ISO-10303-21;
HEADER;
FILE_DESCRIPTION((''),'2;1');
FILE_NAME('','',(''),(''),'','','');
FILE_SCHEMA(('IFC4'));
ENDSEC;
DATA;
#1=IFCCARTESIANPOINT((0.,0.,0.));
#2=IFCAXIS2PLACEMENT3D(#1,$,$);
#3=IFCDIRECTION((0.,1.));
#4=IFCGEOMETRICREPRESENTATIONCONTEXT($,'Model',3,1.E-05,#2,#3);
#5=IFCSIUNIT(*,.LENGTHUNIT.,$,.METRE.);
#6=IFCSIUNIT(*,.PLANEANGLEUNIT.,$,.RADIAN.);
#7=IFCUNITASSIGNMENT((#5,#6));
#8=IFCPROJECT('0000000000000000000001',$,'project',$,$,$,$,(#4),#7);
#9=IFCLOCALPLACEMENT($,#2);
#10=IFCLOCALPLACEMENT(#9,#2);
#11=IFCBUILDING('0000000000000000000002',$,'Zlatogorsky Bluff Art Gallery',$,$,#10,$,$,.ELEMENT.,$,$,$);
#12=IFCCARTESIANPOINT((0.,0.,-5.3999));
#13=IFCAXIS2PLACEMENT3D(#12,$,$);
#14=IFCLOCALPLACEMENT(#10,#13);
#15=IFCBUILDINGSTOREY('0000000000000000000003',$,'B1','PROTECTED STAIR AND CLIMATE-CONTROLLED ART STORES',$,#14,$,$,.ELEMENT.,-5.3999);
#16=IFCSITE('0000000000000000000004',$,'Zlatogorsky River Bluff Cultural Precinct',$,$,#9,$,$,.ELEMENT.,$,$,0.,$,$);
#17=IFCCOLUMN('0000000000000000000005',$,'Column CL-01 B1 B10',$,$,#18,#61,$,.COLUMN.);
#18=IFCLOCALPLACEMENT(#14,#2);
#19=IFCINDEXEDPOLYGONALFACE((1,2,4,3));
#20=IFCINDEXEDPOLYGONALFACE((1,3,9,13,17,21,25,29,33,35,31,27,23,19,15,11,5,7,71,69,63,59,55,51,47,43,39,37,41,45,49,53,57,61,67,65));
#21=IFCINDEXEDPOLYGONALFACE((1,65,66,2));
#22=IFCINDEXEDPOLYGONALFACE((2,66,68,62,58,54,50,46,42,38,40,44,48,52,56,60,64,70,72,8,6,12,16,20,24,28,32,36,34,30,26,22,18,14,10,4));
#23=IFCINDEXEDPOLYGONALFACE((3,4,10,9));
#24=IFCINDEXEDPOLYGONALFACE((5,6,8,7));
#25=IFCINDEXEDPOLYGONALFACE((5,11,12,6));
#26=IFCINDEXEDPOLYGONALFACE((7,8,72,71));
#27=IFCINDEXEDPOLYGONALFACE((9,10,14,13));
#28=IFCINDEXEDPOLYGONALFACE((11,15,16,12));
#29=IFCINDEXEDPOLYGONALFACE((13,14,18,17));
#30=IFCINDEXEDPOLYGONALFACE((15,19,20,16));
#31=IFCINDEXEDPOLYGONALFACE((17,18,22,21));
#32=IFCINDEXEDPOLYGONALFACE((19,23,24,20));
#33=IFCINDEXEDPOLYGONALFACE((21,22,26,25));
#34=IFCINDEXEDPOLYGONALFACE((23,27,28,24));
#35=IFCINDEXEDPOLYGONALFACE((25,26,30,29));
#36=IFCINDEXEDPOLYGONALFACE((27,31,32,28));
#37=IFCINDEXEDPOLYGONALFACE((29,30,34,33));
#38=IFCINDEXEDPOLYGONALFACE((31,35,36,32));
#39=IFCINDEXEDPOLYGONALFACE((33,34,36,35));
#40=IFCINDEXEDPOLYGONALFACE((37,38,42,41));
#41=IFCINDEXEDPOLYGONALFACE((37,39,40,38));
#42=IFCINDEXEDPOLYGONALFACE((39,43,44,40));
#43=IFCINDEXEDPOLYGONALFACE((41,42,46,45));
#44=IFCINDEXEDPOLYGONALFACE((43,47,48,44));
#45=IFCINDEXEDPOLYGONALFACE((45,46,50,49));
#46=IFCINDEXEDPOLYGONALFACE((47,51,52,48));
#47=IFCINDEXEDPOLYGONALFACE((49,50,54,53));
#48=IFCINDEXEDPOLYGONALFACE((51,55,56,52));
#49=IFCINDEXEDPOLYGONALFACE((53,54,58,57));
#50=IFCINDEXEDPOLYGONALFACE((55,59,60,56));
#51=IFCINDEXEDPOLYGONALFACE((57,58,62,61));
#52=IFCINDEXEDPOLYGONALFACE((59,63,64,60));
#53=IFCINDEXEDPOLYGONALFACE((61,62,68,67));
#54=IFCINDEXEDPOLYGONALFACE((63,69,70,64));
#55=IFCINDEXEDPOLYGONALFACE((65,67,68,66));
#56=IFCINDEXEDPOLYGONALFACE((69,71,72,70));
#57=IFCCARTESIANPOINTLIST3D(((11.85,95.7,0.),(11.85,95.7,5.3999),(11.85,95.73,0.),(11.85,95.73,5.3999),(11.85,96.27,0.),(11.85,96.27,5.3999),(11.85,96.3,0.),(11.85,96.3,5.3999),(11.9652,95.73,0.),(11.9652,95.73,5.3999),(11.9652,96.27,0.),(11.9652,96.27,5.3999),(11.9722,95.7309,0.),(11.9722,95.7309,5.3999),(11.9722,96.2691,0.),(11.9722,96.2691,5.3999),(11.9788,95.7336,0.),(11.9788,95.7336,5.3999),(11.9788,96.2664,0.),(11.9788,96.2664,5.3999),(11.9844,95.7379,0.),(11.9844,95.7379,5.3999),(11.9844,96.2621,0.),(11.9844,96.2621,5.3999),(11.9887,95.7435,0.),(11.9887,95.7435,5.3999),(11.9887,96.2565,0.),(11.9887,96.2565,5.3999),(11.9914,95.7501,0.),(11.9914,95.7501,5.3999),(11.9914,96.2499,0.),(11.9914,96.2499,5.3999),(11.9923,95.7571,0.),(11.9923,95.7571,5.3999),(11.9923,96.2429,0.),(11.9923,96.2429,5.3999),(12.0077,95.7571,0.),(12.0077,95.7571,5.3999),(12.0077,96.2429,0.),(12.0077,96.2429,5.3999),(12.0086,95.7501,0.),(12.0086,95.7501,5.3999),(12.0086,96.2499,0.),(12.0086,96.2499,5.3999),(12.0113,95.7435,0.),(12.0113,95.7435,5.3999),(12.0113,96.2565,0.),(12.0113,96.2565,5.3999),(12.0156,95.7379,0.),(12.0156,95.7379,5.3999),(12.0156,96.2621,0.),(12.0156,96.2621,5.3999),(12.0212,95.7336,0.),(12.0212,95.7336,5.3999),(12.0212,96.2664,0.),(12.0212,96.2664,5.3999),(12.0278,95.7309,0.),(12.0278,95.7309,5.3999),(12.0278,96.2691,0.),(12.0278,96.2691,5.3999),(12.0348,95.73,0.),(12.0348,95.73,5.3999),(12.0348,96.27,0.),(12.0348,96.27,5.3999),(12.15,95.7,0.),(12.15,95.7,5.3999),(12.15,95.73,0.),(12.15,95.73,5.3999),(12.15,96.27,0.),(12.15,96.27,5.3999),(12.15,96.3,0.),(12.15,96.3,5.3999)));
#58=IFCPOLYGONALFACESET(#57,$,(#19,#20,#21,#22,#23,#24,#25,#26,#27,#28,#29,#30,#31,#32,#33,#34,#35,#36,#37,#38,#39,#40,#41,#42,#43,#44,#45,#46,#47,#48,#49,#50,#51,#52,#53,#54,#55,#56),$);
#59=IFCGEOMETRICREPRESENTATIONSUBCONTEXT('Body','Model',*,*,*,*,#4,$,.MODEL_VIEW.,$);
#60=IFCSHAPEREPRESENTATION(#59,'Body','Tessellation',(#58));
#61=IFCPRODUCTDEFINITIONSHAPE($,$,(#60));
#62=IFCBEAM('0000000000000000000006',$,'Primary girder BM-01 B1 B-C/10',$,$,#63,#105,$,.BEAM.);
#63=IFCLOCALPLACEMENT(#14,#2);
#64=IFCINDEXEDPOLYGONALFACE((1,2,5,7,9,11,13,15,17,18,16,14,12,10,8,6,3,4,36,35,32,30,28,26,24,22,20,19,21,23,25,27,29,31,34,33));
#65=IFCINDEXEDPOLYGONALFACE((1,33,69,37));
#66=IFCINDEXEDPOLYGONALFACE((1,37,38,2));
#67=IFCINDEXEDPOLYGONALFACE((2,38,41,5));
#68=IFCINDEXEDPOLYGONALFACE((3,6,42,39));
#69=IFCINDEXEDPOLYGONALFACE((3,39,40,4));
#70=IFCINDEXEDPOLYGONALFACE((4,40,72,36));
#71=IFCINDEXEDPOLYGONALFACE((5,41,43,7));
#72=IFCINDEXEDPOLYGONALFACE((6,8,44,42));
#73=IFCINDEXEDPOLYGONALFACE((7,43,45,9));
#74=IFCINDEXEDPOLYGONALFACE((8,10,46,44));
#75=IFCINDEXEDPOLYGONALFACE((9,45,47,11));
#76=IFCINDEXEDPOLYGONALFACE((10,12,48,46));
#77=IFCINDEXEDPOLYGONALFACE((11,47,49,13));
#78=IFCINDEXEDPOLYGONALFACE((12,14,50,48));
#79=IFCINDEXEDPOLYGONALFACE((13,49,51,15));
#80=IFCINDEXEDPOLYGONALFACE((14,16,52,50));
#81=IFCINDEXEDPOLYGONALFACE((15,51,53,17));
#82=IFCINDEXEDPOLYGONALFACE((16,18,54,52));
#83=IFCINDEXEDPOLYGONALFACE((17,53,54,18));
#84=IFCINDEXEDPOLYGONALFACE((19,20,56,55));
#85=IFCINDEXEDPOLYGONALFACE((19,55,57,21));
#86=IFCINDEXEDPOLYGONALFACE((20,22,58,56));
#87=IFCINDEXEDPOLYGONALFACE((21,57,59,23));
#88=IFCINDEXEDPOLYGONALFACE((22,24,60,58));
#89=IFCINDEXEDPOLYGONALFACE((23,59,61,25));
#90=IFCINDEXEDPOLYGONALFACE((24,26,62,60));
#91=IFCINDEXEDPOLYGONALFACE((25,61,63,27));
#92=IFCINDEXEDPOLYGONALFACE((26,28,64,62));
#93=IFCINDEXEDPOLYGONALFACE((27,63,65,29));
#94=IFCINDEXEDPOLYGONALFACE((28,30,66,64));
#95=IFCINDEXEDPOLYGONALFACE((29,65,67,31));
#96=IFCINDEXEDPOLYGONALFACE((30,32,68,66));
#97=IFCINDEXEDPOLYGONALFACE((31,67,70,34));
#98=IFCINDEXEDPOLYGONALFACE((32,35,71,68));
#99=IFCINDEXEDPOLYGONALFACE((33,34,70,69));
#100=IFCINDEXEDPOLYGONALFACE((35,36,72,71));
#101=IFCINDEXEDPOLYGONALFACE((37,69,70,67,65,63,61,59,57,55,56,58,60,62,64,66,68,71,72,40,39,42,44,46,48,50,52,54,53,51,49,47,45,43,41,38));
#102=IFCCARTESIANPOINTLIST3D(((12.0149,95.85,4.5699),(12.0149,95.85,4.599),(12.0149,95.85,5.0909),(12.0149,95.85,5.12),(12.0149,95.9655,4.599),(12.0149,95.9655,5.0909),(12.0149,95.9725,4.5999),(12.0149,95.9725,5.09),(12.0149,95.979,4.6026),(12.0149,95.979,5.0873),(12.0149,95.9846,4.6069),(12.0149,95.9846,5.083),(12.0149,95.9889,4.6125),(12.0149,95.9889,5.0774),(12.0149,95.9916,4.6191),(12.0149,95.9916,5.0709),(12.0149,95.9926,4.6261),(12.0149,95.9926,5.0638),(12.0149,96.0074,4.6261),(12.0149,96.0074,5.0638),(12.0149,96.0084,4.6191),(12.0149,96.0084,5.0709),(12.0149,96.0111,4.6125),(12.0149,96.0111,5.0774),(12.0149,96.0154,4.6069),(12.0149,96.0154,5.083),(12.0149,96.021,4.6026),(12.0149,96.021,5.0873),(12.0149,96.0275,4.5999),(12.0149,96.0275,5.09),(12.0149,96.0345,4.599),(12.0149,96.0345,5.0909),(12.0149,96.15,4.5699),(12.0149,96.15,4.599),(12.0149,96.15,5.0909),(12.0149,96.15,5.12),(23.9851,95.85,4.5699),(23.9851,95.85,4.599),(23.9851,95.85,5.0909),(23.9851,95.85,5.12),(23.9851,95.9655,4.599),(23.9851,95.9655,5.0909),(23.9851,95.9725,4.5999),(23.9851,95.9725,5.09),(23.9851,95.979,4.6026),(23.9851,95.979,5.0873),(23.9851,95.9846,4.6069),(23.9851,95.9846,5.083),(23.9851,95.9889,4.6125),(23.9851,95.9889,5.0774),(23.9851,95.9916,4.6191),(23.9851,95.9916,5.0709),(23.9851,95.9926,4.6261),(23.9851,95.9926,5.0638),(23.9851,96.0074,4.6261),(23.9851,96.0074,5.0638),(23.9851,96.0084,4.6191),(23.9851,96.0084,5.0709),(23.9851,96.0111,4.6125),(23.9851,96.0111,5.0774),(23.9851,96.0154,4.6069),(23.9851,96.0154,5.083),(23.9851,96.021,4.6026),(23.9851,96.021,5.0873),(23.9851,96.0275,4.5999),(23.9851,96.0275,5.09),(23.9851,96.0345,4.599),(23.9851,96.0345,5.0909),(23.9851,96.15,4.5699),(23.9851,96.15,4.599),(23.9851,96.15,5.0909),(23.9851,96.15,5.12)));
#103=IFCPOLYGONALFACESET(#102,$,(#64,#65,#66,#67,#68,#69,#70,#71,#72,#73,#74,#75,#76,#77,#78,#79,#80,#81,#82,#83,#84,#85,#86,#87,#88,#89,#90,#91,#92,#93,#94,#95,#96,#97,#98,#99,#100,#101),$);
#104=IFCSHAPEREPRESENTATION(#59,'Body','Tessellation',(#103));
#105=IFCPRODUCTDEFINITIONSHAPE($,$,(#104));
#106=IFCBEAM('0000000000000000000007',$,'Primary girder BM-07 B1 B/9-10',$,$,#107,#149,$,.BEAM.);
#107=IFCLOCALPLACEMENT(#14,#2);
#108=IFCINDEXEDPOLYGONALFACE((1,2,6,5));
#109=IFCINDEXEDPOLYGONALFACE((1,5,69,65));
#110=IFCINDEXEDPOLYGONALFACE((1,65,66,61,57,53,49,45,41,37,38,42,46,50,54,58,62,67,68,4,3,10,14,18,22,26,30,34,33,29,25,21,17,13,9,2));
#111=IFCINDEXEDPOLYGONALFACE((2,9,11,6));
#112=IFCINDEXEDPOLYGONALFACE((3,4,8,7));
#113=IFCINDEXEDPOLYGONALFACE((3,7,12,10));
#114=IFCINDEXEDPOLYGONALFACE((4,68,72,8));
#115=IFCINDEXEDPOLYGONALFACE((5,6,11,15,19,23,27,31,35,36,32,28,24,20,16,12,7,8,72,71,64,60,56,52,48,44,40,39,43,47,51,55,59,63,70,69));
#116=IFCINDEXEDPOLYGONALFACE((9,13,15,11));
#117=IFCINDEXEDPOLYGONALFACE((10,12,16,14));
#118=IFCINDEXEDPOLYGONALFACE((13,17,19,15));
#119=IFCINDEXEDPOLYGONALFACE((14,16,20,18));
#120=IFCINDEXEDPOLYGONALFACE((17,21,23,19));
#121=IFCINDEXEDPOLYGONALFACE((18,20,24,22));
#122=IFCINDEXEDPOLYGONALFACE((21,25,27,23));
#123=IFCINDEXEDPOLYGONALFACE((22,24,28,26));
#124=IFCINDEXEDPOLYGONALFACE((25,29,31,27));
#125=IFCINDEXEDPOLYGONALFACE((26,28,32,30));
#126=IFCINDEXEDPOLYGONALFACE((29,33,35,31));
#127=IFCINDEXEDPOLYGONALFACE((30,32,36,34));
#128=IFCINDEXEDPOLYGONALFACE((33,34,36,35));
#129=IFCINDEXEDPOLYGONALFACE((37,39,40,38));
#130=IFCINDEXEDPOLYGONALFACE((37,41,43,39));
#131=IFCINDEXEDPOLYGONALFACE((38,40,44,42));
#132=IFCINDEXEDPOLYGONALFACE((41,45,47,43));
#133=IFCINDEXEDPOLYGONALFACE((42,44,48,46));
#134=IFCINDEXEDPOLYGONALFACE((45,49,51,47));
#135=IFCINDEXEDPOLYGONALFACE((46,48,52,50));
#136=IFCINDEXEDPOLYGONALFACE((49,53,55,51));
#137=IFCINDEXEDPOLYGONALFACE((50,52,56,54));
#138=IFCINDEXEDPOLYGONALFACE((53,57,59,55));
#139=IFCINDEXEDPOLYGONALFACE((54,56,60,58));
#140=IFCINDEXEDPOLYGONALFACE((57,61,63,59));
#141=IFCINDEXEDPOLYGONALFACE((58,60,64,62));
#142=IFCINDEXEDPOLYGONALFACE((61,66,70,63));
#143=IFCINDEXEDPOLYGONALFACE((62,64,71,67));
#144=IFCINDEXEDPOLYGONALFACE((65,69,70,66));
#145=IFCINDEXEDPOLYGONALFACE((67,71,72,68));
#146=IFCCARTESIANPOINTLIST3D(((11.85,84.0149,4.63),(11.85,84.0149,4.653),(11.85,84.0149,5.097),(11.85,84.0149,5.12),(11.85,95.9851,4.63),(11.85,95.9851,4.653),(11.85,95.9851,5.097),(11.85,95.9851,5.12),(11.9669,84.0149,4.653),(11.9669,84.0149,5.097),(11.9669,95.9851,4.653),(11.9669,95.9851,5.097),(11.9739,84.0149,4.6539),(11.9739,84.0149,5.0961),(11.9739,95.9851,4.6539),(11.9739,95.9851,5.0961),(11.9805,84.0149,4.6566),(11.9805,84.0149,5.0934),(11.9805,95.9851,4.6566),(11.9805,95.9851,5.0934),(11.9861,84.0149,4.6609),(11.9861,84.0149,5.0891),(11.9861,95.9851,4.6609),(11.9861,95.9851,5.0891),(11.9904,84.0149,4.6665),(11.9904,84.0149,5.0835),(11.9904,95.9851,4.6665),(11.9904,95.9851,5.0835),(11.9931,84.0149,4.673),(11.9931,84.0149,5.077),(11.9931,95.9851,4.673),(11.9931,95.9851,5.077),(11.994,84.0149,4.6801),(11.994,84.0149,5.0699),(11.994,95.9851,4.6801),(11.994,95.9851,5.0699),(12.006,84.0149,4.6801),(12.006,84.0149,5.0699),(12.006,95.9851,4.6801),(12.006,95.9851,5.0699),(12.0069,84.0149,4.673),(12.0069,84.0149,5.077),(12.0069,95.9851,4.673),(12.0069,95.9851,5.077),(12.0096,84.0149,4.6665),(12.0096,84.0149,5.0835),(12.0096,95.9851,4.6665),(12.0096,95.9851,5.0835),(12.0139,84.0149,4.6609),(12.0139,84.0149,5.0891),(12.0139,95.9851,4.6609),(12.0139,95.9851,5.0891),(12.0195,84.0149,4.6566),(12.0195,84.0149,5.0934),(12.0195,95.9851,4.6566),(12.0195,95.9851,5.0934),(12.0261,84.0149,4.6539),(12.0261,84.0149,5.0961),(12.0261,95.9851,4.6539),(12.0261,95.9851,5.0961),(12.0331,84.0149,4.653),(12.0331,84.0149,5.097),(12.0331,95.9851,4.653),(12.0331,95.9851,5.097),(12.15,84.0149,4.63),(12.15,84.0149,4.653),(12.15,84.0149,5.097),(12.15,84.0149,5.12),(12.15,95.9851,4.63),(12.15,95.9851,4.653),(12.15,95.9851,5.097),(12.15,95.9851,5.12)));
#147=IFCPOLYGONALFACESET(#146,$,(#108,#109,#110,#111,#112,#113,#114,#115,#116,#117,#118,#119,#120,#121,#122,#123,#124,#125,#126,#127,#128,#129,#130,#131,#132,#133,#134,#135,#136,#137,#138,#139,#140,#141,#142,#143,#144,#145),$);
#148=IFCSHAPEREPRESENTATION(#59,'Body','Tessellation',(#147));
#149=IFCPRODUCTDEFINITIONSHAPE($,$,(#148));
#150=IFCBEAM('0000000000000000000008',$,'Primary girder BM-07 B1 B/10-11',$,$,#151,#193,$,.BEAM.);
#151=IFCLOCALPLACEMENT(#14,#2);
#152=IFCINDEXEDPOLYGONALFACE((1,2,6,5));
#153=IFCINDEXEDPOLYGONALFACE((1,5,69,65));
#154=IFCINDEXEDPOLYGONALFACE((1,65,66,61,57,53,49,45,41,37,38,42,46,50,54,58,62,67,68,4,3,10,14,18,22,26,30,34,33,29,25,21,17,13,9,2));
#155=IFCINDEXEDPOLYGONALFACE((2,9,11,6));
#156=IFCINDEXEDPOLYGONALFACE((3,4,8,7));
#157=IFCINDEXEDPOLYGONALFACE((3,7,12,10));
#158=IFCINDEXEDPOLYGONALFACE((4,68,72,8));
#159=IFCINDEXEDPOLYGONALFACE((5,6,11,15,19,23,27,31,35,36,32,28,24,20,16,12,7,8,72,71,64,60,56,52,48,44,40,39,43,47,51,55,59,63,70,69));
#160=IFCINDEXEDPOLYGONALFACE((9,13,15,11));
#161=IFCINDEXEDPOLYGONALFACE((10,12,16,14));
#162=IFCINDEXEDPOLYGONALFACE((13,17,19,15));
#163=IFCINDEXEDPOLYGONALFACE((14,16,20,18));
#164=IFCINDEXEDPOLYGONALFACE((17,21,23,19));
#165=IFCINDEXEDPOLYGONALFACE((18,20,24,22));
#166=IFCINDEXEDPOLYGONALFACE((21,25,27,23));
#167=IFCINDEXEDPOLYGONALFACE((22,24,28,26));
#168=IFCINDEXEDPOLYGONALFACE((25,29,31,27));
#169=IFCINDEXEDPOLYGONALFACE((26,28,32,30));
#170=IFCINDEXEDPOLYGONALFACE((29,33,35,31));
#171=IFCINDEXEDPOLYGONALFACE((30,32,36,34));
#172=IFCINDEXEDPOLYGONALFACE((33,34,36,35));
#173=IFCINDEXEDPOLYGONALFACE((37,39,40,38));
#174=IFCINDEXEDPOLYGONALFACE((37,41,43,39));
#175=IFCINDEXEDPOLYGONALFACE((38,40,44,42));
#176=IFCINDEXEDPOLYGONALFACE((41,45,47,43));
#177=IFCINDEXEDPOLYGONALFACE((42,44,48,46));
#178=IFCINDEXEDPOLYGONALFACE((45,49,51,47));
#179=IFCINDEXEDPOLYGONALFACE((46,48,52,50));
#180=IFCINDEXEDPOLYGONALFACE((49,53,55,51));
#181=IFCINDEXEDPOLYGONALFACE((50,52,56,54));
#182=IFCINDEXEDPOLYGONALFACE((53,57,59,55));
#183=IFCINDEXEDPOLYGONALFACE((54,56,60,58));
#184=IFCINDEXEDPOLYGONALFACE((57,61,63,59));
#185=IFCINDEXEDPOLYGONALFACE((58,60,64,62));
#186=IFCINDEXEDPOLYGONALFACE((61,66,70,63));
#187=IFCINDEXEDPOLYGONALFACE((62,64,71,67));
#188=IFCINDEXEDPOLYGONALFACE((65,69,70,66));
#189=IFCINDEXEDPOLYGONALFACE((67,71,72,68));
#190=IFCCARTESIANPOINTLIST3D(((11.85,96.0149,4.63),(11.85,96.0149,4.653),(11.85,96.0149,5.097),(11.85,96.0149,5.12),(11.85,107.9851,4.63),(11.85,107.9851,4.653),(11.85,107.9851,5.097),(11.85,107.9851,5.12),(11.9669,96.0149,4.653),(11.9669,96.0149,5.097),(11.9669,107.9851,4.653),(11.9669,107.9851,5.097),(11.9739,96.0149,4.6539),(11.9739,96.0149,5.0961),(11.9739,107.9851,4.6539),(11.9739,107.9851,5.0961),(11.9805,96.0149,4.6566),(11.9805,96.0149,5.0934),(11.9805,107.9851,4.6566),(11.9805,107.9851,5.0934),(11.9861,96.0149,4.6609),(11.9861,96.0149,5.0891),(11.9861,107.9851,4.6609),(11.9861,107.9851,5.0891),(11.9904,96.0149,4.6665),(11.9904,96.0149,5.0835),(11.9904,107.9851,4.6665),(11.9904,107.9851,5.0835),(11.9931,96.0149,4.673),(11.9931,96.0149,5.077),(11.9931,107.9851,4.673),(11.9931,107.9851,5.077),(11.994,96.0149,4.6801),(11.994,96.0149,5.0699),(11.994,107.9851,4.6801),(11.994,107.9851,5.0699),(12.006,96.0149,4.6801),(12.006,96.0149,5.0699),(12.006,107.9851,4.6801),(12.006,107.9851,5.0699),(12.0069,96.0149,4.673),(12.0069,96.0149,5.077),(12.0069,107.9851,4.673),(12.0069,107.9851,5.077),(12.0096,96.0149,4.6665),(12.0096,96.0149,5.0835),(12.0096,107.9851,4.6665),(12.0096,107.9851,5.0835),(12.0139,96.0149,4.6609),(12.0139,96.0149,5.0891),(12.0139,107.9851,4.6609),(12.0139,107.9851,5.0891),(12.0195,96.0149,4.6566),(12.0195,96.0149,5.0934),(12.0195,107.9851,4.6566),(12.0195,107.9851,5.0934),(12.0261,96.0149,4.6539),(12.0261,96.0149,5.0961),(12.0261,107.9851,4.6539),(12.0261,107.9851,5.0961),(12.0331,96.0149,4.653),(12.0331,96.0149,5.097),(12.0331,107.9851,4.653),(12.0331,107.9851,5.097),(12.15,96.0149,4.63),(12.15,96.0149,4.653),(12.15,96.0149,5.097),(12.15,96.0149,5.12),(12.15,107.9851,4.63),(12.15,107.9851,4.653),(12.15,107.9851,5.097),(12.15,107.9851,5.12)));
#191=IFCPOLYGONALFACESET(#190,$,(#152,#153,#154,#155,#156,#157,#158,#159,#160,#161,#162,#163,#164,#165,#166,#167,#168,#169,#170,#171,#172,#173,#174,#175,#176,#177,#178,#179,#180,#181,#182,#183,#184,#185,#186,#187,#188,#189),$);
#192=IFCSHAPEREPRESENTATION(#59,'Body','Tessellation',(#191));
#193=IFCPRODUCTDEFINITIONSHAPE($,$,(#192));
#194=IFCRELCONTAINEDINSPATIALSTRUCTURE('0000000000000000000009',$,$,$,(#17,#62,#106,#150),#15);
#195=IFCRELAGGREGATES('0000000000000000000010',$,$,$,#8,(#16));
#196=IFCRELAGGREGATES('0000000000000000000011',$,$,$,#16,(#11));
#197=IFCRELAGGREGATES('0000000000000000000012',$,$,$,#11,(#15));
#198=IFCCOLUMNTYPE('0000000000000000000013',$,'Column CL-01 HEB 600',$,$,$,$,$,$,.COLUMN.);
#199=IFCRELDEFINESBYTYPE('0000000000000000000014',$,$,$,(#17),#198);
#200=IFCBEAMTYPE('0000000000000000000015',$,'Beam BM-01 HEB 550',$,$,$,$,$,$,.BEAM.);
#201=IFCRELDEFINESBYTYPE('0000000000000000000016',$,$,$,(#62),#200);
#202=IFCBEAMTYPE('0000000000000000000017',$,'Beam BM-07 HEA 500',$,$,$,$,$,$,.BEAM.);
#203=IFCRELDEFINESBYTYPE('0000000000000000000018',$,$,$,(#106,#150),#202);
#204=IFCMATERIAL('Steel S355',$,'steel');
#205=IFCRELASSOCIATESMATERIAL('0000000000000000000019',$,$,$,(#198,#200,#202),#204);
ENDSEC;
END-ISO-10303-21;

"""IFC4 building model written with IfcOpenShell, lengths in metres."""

from ifc_helpers import new_model, si_unit, direction, frame, origin, origin_2d, place, context, subcontext, project, spatial, i_section, extrude, material, material_profile, profile_set, type_object, element, save


model = new_model("IFC4")

# Units and contexts
model_context = context("Model", 3, precision=1e-05, world=origin(), true_north=direction((0.0, 1.0)))
body_context = subcontext(model_context, "Body", "Model", "MODEL_VIEW")
ifc_project = project(units=[si_unit("LENGTHUNIT", "METRE"), si_unit("PLANEANGLEUNIT", "RADIAN")], contexts=[model_context])

# Site, building, storey
site_placement = place(None, origin())
site = spatial("IfcSite", under=ifc_project, at=site_placement, Name="Zlatogorsky River Bluff Cultural Precinct", CompositionType="ELEMENT", RefElevation=0.0)
building_placement = place(site_placement, origin())
building = spatial("IfcBuilding", under=site, at=building_placement, Name="Zlatogorsky Bluff Art Gallery", CompositionType="ELEMENT")
storey_placement = place(building_placement, frame((0.0, 0.0, -5.3999)))
storey = spatial("IfcBuildingStorey", under=building, at=storey_placement, Name="B1", Description="PROTECTED STAIR AND CLIMATE-CONTROLLED ART STORES", CompositionType="ELEMENT", Elevation=-5.3999)

# Column
ifc_material_1 = material(Name="Steel S355", Category="steel")
ifc_material_profile_1 = material_profile(ifc_material_1, i_section(OverallWidth=0.3, OverallDepth=0.6001, WebThickness=0.0154, FlangeThickness=0.03, FilletRadius=0.0271, at=origin_2d()), Name="HEB 600")
ifc_profile_set_1 = profile_set([ifc_material_profile_1], Name="Steel S355")
column_type = type_object("IfcColumnType", Name="Column CL-01 HEB 600", PredefinedType="COLUMN", material=ifc_profile_set_1)
column_placement = place(storey_placement, frame((12.0, 96.0, 0.0), z_axis=(0.0, 0.0, 1.0), x_axis=(1.0, 0.0, 0.0)))
element("IfcColumn", 1, at=column_placement, inside=storey, type_object=column_type, Name="Column CL-01 B1 B10", PredefinedType="COLUMN", context=body_context, shape_type="SweptSolid", body=[
    extrude(i_section(OverallWidth=0.3, OverallDepth=0.6001, WebThickness=0.0154, FlangeThickness=0.03, FilletRadius=0.0271, at=origin_2d()), origin(), (0.0, 0.0, 1.0), 5.3999),
])

# Beams
ifc_material_profile_2 = material_profile(ifc_material_1, i_section(OverallWidth=0.3, OverallDepth=0.55, WebThickness=0.0149, FlangeThickness=0.0291, FilletRadius=0.0271, at=origin_2d()), Name="HEB 550")
ifc_profile_set_2 = profile_set([ifc_material_profile_2], Name="Steel S355")
beam_type_1 = type_object("IfcBeamType", Name="Beam BM-01 HEB 550", PredefinedType="BEAM", material=ifc_profile_set_2)
beam_placement = place(storey_placement, frame((12.0149, 96.0, 4.845), z_axis=(1.0, 0.0, 0.0), x_axis=(0.0, 1.0, 0.0)))
element("IfcBeam", 2, at=beam_placement, inside=storey, type_object=beam_type_1, Name="Primary girder BM-01 B1 B-C/10", PredefinedType="BEAM", context=body_context, shape_type="SweptSolid", body=[
    extrude(i_section(OverallWidth=0.3, OverallDepth=0.55, WebThickness=0.0149, FlangeThickness=0.0291, FilletRadius=0.0271, at=origin_2d()), origin(), (0.0, 0.0, 1.0), 11.9702),
])
ifc_material_profile_3 = material_profile(ifc_material_1, i_section(OverallWidth=0.3, OverallDepth=0.49, WebThickness=0.012, FlangeThickness=0.0229, FilletRadius=0.0271, at=origin_2d()), Name="HEA 500")
ifc_profile_set_3 = profile_set([ifc_material_profile_3], Name="Steel S355")
beam_type_2 = type_object("IfcBeamType", Name="Beam BM-07 HEA 500", PredefinedType="BEAM", material=ifc_profile_set_3)
for number, where, z_axis, x_axis, name in (
    (3, (12.0, 84.0149, 4.875), (0.0, 1.0, 0.0), (-1.0, 0.0, 0.0), "Primary girder BM-07 B1 B/9-10"),
    (4, (12.0, 96.0149, 4.875), (0.0, 1.0, 0.0), (-1.0, 0.0, 0.0), "Primary girder BM-07 B1 B/10-11"),
):
    element("IfcBeam", number, at=place(storey_placement, frame(where, z_axis=z_axis, x_axis=x_axis)), inside=storey, type_object=beam_type_2, Name=name, PredefinedType="BEAM", context=body_context, shape_type="SweptSolid", body=[
        extrude(i_section(OverallWidth=0.3, OverallDepth=0.49, WebThickness=0.012, FlangeThickness=0.0229, FilletRadius=0.0271, at=origin_2d()), origin(), (0.0, 0.0, 1.0), 11.9702),
    ])

save(model, "model.ifc")
